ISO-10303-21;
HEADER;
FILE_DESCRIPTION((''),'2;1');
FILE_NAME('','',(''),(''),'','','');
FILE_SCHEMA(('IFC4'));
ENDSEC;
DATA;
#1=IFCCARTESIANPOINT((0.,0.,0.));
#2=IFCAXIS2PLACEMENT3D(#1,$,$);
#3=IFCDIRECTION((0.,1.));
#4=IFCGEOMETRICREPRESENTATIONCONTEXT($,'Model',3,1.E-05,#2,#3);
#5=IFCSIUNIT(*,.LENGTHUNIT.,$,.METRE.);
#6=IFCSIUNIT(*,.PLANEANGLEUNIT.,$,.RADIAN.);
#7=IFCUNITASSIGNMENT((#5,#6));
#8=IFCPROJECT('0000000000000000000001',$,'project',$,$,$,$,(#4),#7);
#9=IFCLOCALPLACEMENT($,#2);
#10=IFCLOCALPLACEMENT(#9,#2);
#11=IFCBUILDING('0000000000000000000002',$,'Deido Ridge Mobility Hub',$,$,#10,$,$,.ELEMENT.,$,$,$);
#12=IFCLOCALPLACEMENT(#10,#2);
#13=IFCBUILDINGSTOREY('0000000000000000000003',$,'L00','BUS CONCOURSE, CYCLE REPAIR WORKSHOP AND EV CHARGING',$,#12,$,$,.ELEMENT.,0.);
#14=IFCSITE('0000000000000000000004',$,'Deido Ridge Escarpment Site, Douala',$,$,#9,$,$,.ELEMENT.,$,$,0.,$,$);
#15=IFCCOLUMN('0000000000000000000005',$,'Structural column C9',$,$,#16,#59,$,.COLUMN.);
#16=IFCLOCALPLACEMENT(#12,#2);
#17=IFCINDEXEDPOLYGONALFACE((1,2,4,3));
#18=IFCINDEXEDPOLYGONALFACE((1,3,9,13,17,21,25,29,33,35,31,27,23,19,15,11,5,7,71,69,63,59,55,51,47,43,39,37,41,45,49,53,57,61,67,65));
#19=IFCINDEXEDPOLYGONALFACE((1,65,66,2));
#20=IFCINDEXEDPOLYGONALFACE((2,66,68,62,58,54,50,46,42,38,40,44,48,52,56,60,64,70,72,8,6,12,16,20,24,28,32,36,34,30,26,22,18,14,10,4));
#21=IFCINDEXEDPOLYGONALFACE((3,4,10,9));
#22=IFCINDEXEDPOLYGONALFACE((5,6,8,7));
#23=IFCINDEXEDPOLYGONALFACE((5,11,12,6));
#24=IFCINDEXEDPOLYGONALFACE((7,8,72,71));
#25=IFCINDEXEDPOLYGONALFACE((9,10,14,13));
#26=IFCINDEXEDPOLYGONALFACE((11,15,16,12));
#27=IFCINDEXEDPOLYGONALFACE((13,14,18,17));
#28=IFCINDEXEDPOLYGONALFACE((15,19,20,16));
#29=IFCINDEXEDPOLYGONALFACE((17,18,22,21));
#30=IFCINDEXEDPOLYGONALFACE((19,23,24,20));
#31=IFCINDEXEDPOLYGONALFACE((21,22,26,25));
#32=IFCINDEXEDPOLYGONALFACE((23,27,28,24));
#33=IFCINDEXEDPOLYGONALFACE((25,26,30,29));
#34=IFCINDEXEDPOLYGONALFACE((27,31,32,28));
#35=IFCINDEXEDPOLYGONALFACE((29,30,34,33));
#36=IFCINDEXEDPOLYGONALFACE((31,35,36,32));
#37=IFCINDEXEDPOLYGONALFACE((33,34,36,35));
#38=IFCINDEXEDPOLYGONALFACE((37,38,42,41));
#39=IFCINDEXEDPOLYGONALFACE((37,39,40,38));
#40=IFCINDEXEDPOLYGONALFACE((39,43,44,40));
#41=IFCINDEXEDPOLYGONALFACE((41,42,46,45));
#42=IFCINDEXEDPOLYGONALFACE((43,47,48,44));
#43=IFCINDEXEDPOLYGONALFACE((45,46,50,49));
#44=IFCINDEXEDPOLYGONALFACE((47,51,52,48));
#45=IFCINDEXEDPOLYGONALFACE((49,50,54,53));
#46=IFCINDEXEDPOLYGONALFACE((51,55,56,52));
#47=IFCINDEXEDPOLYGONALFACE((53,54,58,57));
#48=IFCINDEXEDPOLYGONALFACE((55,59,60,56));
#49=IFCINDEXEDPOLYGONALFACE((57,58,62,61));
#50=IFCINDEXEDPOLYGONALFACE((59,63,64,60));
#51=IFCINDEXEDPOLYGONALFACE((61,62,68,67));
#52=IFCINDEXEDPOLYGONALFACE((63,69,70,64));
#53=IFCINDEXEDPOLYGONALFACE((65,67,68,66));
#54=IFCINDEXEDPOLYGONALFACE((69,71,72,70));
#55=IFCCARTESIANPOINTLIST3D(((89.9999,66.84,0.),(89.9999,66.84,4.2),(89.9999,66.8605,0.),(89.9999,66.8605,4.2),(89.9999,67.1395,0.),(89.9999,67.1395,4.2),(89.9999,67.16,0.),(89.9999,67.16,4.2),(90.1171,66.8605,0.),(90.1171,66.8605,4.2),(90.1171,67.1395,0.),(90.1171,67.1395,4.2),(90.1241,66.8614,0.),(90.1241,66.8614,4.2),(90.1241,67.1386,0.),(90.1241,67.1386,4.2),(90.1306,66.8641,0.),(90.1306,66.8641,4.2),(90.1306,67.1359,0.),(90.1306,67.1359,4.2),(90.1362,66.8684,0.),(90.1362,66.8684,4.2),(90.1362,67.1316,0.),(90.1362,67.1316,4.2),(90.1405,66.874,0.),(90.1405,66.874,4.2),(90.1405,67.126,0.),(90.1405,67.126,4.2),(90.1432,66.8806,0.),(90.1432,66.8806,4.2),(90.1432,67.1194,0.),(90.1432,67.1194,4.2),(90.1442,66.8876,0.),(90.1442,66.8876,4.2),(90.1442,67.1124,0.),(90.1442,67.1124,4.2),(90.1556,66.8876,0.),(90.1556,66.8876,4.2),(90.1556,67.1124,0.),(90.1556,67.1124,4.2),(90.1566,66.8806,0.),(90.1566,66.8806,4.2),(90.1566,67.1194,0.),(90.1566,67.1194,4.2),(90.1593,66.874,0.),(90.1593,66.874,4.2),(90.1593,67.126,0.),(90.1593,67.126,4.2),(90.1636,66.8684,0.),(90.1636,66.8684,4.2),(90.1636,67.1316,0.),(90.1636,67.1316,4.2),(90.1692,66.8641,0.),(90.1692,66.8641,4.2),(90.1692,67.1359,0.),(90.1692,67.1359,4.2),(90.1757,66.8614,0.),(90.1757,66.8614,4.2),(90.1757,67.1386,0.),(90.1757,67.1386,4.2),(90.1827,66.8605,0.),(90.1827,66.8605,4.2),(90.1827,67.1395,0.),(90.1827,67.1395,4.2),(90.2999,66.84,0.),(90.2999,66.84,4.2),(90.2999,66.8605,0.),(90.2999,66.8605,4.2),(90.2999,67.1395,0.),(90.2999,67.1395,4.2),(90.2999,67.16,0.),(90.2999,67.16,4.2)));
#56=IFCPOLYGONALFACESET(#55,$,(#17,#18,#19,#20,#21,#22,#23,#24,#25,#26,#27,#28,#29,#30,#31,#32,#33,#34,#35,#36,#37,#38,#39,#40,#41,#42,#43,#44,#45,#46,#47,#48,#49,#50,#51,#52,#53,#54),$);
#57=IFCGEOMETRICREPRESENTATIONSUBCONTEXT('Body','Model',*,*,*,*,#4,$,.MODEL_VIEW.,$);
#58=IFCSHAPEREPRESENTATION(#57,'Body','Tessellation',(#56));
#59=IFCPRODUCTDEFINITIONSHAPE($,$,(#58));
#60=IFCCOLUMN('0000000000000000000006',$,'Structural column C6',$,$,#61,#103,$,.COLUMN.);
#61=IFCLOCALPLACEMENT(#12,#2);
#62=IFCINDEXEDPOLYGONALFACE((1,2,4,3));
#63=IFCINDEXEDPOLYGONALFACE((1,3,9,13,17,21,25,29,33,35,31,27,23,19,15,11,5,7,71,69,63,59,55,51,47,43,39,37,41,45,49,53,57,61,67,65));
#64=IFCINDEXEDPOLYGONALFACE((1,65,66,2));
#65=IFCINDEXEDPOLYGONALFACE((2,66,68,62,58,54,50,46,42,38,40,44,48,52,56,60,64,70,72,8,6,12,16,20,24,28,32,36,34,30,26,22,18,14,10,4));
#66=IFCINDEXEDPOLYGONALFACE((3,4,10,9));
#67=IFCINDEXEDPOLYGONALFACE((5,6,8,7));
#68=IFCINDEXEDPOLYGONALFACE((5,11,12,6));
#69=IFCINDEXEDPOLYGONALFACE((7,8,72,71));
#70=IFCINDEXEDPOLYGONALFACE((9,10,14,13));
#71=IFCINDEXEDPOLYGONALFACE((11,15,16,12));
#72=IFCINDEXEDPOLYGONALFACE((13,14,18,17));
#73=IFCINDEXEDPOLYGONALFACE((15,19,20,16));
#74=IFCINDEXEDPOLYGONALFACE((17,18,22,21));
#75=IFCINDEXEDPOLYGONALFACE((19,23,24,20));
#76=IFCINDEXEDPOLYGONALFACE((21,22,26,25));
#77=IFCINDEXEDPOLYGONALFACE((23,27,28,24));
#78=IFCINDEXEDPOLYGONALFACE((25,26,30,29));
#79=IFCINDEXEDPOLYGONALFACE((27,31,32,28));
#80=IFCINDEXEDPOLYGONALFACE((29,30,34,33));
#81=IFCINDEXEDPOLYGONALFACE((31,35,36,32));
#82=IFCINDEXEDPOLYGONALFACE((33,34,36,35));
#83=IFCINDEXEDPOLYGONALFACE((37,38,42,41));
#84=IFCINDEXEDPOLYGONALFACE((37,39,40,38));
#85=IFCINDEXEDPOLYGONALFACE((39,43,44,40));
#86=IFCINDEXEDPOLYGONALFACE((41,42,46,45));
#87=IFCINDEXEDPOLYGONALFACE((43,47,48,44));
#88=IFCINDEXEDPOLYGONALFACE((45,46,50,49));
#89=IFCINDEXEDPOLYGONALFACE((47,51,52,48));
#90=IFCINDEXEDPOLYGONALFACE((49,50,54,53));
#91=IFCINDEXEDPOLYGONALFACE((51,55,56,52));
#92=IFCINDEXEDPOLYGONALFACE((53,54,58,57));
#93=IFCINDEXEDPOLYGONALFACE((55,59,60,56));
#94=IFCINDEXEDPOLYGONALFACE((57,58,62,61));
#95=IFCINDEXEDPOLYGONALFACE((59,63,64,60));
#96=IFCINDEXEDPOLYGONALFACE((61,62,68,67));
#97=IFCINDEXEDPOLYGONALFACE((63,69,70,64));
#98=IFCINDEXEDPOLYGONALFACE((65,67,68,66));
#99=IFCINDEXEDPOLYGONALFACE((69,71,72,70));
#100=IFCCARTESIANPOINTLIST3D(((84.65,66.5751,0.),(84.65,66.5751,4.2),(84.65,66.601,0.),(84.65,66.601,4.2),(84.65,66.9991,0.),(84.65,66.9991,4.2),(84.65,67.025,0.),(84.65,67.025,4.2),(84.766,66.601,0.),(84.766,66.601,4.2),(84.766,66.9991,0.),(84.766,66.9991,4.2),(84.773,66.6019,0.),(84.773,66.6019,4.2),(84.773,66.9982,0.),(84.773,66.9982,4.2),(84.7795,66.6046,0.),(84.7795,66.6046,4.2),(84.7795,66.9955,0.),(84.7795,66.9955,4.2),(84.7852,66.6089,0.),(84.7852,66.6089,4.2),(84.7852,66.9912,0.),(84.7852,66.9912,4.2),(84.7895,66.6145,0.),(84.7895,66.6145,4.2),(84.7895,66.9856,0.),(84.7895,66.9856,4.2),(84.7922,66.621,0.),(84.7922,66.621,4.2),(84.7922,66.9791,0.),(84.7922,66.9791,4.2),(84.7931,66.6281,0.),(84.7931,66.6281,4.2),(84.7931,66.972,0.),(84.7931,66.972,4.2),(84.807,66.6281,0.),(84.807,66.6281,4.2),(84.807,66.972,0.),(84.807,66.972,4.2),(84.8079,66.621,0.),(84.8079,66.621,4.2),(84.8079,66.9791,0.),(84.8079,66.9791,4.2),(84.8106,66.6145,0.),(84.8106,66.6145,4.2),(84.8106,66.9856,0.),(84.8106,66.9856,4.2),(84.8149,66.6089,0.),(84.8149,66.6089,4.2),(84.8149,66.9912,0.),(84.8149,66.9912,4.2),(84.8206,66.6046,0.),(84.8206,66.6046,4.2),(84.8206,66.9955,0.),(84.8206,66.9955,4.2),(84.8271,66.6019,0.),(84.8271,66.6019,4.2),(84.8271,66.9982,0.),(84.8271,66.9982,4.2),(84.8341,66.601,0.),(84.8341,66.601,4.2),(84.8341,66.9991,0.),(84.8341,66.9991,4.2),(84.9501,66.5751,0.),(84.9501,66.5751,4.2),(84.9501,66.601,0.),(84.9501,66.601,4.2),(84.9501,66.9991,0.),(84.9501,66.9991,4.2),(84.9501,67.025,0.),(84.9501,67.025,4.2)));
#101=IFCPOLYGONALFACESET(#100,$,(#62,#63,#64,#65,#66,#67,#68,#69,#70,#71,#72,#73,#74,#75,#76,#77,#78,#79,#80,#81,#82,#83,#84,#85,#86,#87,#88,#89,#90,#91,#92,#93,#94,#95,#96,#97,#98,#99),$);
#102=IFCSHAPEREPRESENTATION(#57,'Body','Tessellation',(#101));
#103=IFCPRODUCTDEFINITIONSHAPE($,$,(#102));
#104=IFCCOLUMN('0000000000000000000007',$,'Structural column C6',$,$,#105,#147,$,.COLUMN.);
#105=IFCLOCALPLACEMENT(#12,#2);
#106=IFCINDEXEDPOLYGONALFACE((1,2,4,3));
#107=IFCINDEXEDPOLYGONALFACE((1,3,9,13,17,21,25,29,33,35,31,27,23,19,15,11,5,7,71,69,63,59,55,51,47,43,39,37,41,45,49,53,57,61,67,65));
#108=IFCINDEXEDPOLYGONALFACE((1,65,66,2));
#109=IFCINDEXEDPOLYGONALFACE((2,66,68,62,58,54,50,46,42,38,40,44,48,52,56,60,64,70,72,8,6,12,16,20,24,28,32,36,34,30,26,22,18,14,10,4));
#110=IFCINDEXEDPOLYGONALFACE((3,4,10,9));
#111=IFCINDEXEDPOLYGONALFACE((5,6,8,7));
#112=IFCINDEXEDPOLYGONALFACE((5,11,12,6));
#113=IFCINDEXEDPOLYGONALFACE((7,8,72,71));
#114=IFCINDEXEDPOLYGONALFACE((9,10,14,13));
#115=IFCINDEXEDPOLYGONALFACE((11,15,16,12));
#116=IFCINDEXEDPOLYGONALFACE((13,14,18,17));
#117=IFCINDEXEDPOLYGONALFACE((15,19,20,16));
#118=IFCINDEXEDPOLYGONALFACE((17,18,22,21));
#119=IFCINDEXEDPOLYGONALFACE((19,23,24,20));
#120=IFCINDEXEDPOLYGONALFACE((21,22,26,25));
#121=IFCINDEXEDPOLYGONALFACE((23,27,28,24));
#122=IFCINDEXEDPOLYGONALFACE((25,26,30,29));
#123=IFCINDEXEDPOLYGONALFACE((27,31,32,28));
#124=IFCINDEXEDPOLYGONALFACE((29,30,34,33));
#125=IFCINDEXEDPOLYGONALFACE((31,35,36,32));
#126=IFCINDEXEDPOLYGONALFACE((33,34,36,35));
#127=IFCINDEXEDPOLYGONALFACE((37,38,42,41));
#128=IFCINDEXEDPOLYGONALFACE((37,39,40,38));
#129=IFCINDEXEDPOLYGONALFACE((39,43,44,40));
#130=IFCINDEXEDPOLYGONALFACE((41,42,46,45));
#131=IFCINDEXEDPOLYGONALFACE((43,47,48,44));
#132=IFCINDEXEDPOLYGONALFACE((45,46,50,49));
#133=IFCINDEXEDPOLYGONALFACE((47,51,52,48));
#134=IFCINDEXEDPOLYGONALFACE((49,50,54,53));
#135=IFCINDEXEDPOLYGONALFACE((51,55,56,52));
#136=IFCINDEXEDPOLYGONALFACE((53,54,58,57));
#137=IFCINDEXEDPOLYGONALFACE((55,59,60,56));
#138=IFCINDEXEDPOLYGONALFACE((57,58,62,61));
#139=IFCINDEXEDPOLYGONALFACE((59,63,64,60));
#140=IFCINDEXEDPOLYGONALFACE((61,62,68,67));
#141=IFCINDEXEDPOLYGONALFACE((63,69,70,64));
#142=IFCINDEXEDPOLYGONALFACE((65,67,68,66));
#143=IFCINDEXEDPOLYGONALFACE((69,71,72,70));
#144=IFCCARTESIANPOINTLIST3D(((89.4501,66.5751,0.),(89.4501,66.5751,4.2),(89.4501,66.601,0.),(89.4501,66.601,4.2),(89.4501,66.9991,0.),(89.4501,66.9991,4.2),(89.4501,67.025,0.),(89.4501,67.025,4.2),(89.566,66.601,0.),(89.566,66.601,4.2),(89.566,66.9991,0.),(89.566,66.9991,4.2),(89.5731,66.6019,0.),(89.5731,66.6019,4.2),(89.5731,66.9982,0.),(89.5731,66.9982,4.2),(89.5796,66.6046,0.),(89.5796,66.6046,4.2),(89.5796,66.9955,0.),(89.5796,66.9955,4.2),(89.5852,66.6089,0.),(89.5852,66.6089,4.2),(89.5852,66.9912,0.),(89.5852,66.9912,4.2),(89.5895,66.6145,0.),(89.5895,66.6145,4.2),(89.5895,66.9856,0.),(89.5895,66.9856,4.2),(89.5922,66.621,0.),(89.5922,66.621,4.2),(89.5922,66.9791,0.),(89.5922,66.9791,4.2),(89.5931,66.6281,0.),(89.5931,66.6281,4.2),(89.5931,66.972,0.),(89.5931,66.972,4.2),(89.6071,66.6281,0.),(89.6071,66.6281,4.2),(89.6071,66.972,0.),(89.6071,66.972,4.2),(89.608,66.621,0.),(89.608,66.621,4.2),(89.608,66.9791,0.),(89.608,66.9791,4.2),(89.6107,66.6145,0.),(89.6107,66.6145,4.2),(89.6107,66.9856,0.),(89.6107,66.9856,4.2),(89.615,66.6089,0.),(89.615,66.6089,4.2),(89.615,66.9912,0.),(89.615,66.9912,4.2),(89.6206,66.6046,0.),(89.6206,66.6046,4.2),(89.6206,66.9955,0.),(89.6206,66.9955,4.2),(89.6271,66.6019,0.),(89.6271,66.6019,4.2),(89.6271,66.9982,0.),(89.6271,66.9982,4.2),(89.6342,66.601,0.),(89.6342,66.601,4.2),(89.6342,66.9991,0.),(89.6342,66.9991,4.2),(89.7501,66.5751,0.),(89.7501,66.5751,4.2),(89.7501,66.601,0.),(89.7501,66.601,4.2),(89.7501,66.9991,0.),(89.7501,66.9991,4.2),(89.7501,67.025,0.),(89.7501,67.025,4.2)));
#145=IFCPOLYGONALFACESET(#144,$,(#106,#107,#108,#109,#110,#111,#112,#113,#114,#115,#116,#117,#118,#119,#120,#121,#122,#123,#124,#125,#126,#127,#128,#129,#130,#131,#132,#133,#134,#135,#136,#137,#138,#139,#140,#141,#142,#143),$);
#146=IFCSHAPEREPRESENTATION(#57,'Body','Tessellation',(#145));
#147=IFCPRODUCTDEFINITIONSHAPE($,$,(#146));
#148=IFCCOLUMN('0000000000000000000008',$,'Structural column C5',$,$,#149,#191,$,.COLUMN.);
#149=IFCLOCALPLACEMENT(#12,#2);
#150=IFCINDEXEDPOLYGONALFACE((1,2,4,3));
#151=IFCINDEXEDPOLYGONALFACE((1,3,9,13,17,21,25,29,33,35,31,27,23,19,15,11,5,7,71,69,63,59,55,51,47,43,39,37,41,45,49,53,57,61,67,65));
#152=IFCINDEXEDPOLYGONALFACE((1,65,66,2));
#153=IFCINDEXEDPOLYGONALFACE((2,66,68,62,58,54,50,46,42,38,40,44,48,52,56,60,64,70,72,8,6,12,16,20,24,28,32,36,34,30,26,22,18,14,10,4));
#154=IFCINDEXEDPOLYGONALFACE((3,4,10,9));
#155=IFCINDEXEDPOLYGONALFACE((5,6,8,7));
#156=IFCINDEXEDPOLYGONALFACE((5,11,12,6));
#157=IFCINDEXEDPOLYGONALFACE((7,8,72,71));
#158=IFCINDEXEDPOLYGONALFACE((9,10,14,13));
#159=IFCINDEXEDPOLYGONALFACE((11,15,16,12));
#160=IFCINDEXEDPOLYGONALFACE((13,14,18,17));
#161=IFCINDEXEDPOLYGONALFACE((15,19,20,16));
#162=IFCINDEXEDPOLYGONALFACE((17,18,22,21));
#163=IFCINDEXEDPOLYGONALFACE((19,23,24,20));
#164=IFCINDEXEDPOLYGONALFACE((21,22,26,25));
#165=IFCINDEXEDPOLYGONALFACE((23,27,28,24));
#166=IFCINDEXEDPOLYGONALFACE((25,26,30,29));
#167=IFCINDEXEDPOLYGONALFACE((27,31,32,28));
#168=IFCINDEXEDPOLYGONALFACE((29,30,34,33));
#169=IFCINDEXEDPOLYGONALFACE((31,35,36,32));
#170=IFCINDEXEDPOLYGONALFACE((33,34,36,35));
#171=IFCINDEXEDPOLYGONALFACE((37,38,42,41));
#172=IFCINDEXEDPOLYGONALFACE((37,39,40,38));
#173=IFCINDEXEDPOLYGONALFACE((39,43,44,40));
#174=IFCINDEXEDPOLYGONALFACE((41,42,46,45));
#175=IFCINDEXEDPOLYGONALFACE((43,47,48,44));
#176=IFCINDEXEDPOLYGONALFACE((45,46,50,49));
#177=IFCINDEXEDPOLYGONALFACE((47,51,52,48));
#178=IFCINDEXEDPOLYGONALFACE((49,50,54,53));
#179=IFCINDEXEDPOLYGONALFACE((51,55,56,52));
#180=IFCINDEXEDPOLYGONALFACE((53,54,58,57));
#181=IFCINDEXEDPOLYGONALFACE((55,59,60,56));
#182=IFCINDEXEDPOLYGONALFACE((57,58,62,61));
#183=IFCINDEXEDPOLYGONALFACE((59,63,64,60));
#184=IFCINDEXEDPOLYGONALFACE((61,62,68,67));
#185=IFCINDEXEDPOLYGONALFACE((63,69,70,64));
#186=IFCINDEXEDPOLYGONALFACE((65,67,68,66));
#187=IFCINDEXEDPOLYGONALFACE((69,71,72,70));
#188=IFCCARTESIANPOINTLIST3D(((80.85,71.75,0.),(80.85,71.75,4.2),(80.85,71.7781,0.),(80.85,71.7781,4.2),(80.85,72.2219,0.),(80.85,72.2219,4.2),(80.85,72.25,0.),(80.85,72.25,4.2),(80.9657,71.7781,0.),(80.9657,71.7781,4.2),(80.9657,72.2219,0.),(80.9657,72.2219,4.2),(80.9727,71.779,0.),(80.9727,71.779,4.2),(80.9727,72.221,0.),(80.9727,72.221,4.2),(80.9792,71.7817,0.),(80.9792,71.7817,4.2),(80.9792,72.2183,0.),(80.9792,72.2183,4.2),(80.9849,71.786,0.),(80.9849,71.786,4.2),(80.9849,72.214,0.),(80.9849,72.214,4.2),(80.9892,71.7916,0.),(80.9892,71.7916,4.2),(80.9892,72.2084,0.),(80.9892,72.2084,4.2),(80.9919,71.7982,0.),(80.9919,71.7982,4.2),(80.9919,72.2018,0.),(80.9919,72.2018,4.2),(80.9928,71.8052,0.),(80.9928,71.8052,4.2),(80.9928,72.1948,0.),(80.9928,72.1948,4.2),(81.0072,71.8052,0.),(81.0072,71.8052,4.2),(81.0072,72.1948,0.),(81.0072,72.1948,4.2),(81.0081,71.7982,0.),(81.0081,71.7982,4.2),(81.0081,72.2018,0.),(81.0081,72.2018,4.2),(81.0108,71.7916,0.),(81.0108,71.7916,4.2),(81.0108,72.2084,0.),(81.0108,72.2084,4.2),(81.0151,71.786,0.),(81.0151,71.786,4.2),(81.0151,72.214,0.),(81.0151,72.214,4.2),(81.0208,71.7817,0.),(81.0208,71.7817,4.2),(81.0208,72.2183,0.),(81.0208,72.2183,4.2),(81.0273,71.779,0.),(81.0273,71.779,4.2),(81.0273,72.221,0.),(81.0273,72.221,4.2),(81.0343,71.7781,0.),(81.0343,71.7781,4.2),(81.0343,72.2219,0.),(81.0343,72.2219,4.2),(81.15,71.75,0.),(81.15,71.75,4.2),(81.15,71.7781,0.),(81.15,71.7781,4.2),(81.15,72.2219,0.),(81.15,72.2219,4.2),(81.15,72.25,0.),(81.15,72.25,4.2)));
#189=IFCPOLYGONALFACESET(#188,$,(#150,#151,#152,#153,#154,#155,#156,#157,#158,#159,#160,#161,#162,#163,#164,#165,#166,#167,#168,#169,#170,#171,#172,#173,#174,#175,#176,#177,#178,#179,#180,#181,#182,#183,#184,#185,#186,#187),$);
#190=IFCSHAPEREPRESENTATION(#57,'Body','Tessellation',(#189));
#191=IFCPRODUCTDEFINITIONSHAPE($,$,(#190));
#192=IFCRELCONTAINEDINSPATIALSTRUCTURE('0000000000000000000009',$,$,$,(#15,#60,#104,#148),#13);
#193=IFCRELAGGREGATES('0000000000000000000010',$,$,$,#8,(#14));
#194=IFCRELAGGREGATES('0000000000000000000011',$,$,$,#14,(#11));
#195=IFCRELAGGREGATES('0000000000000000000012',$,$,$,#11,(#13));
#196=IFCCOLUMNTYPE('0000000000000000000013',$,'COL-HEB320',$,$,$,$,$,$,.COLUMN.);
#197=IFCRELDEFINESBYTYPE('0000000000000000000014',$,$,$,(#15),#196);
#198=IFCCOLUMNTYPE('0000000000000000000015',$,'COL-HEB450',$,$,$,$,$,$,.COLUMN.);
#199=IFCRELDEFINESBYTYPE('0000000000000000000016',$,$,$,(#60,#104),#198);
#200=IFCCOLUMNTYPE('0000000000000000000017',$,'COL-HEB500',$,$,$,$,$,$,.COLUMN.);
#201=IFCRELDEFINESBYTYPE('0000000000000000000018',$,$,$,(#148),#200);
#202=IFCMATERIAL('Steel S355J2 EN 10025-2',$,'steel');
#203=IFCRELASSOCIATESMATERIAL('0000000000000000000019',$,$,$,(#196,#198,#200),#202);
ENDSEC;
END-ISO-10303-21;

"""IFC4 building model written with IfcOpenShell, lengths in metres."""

from ifc_helpers import new_model, si_unit, direction, frame, origin, origin_2d, place, context, subcontext, project, spatial, i_section, extrude, material, material_profile, profile_set, type_object, element, save


model = new_model("IFC4")

# Units and contexts
model_context = context("Model", 3, precision=1e-05, world=origin(), true_north=direction((0.0, 1.0)))
body_context = subcontext(model_context, "Body", "Model", "MODEL_VIEW")
ifc_project = project(units=[si_unit("LENGTHUNIT", "METRE"), si_unit("PLANEANGLEUNIT", "RADIAN")], contexts=[model_context])

# Site, building, storey
site_placement = place(None, origin())
site = spatial("IfcSite", under=ifc_project, at=site_placement, Name="Deido Ridge Escarpment Site, Douala", CompositionType="ELEMENT", RefElevation=0.0)
building_placement = place(site_placement, origin())
building = spatial("IfcBuilding", under=site, at=building_placement, Name="Deido Ridge Mobility Hub", CompositionType="ELEMENT")
storey_placement = place(building_placement, origin())
storey = spatial("IfcBuildingStorey", under=building, at=storey_placement, Name="L00", Description="BUS CONCOURSE, CYCLE REPAIR WORKSHOP AND EV CHARGING", CompositionType="ELEMENT", Elevation=0.0)

# Columns
ifc_material_1 = material(Name="Steel S355J2 EN 10025-2", Category="steel")
ifc_material_profile_1 = material_profile(ifc_material_1, i_section(OverallWidth=0.3, OverallDepth=0.3201, WebThickness=0.0115, FlangeThickness=0.0205, FilletRadius=0.0271, at=origin_2d()), Name="HEB 320")
ifc_profile_set_1 = profile_set([ifc_material_profile_1], Name="Steel S355J2 EN 10025-2")
column_type_1 = type_object("IfcColumnType", Name="COL-HEB320", PredefinedType="COLUMN", material=ifc_profile_set_1)
column_1_placement = place(storey_placement, frame((90.1499, 67.0, 0.0), z_axis=(0.0, 0.0, 1.0), x_axis=(1.0, 0.0, 0.0)))
element("IfcColumn", 1, at=column_1_placement, inside=storey, type_object=column_type_1, Name="Structural column C9", PredefinedType="COLUMN", context=body_context, shape_type="SweptSolid", body=[
    extrude(i_section(OverallWidth=0.3, OverallDepth=0.3201, WebThickness=0.0115, FlangeThickness=0.0205, FilletRadius=0.0271, at=origin_2d()), origin(), (0.0, 0.0, 1.0), 4.2),
])
ifc_material_profile_2 = material_profile(ifc_material_1, i_section(OverallWidth=0.3, OverallDepth=0.45, WebThickness=0.0139, FlangeThickness=0.0259, FilletRadius=0.0271, at=origin_2d()), Name="HEB 450")
ifc_profile_set_2 = profile_set([ifc_material_profile_2], Name="Steel S355J2 EN 10025-2")
column_type_2 = type_object("IfcColumnType", Name="COL-HEB450", PredefinedType="COLUMN", material=ifc_profile_set_2)
for number, where, z_axis, x_axis, name in (
    (2, (84.8, 66.8, 0.0), (0.0, 0.0, 1.0), (1.0, 0.0, 0.0), "Structural column C6"),
    (3, (89.6001, 66.8, 0.0), (0.0, 0.0, 1.0), (1.0, 0.0, 0.0), "Structural column C6"),
):
    element("IfcColumn", number, at=place(storey_placement, frame(where, z_axis=z_axis, x_axis=x_axis)), inside=storey, type_object=column_type_2, Name=name, PredefinedType="COLUMN", context=body_context, shape_type="SweptSolid", body=[
        extrude(i_section(OverallWidth=0.3, OverallDepth=0.45, WebThickness=0.0139, FlangeThickness=0.0259, FilletRadius=0.0271, at=origin_2d()), origin(), (0.0, 0.0, 1.0), 4.2),
    ])
ifc_material_profile_3 = material_profile(ifc_material_1, i_section(OverallWidth=0.3, OverallDepth=0.5, WebThickness=0.0144, FlangeThickness=0.0281, FilletRadius=0.0271, at=origin_2d()), Name="HEB 500")
ifc_profile_set_3 = profile_set([ifc_material_profile_3], Name="Steel S355J2 EN 10025-2")
column_type_3 = type_object("IfcColumnType", Name="COL-HEB500", PredefinedType="COLUMN", material=ifc_profile_set_3)
column_2_placement = place(storey_placement, frame((81.0, 72.0, 0.0), z_axis=(0.0, 0.0, 1.0), x_axis=(1.0, 0.0, 0.0)))
element("IfcColumn", 4, at=column_2_placement, inside=storey, type_object=column_type_3, Name="Structural column C5", PredefinedType="COLUMN", context=body_context, shape_type="SweptSolid", body=[
    extrude(i_section(OverallWidth=0.3, OverallDepth=0.5, WebThickness=0.0144, FlangeThickness=0.0281, FilletRadius=0.0271, at=origin_2d()), origin(), (0.0, 0.0, 1.0), 4.2),
])

save(model, "model.ifc")
